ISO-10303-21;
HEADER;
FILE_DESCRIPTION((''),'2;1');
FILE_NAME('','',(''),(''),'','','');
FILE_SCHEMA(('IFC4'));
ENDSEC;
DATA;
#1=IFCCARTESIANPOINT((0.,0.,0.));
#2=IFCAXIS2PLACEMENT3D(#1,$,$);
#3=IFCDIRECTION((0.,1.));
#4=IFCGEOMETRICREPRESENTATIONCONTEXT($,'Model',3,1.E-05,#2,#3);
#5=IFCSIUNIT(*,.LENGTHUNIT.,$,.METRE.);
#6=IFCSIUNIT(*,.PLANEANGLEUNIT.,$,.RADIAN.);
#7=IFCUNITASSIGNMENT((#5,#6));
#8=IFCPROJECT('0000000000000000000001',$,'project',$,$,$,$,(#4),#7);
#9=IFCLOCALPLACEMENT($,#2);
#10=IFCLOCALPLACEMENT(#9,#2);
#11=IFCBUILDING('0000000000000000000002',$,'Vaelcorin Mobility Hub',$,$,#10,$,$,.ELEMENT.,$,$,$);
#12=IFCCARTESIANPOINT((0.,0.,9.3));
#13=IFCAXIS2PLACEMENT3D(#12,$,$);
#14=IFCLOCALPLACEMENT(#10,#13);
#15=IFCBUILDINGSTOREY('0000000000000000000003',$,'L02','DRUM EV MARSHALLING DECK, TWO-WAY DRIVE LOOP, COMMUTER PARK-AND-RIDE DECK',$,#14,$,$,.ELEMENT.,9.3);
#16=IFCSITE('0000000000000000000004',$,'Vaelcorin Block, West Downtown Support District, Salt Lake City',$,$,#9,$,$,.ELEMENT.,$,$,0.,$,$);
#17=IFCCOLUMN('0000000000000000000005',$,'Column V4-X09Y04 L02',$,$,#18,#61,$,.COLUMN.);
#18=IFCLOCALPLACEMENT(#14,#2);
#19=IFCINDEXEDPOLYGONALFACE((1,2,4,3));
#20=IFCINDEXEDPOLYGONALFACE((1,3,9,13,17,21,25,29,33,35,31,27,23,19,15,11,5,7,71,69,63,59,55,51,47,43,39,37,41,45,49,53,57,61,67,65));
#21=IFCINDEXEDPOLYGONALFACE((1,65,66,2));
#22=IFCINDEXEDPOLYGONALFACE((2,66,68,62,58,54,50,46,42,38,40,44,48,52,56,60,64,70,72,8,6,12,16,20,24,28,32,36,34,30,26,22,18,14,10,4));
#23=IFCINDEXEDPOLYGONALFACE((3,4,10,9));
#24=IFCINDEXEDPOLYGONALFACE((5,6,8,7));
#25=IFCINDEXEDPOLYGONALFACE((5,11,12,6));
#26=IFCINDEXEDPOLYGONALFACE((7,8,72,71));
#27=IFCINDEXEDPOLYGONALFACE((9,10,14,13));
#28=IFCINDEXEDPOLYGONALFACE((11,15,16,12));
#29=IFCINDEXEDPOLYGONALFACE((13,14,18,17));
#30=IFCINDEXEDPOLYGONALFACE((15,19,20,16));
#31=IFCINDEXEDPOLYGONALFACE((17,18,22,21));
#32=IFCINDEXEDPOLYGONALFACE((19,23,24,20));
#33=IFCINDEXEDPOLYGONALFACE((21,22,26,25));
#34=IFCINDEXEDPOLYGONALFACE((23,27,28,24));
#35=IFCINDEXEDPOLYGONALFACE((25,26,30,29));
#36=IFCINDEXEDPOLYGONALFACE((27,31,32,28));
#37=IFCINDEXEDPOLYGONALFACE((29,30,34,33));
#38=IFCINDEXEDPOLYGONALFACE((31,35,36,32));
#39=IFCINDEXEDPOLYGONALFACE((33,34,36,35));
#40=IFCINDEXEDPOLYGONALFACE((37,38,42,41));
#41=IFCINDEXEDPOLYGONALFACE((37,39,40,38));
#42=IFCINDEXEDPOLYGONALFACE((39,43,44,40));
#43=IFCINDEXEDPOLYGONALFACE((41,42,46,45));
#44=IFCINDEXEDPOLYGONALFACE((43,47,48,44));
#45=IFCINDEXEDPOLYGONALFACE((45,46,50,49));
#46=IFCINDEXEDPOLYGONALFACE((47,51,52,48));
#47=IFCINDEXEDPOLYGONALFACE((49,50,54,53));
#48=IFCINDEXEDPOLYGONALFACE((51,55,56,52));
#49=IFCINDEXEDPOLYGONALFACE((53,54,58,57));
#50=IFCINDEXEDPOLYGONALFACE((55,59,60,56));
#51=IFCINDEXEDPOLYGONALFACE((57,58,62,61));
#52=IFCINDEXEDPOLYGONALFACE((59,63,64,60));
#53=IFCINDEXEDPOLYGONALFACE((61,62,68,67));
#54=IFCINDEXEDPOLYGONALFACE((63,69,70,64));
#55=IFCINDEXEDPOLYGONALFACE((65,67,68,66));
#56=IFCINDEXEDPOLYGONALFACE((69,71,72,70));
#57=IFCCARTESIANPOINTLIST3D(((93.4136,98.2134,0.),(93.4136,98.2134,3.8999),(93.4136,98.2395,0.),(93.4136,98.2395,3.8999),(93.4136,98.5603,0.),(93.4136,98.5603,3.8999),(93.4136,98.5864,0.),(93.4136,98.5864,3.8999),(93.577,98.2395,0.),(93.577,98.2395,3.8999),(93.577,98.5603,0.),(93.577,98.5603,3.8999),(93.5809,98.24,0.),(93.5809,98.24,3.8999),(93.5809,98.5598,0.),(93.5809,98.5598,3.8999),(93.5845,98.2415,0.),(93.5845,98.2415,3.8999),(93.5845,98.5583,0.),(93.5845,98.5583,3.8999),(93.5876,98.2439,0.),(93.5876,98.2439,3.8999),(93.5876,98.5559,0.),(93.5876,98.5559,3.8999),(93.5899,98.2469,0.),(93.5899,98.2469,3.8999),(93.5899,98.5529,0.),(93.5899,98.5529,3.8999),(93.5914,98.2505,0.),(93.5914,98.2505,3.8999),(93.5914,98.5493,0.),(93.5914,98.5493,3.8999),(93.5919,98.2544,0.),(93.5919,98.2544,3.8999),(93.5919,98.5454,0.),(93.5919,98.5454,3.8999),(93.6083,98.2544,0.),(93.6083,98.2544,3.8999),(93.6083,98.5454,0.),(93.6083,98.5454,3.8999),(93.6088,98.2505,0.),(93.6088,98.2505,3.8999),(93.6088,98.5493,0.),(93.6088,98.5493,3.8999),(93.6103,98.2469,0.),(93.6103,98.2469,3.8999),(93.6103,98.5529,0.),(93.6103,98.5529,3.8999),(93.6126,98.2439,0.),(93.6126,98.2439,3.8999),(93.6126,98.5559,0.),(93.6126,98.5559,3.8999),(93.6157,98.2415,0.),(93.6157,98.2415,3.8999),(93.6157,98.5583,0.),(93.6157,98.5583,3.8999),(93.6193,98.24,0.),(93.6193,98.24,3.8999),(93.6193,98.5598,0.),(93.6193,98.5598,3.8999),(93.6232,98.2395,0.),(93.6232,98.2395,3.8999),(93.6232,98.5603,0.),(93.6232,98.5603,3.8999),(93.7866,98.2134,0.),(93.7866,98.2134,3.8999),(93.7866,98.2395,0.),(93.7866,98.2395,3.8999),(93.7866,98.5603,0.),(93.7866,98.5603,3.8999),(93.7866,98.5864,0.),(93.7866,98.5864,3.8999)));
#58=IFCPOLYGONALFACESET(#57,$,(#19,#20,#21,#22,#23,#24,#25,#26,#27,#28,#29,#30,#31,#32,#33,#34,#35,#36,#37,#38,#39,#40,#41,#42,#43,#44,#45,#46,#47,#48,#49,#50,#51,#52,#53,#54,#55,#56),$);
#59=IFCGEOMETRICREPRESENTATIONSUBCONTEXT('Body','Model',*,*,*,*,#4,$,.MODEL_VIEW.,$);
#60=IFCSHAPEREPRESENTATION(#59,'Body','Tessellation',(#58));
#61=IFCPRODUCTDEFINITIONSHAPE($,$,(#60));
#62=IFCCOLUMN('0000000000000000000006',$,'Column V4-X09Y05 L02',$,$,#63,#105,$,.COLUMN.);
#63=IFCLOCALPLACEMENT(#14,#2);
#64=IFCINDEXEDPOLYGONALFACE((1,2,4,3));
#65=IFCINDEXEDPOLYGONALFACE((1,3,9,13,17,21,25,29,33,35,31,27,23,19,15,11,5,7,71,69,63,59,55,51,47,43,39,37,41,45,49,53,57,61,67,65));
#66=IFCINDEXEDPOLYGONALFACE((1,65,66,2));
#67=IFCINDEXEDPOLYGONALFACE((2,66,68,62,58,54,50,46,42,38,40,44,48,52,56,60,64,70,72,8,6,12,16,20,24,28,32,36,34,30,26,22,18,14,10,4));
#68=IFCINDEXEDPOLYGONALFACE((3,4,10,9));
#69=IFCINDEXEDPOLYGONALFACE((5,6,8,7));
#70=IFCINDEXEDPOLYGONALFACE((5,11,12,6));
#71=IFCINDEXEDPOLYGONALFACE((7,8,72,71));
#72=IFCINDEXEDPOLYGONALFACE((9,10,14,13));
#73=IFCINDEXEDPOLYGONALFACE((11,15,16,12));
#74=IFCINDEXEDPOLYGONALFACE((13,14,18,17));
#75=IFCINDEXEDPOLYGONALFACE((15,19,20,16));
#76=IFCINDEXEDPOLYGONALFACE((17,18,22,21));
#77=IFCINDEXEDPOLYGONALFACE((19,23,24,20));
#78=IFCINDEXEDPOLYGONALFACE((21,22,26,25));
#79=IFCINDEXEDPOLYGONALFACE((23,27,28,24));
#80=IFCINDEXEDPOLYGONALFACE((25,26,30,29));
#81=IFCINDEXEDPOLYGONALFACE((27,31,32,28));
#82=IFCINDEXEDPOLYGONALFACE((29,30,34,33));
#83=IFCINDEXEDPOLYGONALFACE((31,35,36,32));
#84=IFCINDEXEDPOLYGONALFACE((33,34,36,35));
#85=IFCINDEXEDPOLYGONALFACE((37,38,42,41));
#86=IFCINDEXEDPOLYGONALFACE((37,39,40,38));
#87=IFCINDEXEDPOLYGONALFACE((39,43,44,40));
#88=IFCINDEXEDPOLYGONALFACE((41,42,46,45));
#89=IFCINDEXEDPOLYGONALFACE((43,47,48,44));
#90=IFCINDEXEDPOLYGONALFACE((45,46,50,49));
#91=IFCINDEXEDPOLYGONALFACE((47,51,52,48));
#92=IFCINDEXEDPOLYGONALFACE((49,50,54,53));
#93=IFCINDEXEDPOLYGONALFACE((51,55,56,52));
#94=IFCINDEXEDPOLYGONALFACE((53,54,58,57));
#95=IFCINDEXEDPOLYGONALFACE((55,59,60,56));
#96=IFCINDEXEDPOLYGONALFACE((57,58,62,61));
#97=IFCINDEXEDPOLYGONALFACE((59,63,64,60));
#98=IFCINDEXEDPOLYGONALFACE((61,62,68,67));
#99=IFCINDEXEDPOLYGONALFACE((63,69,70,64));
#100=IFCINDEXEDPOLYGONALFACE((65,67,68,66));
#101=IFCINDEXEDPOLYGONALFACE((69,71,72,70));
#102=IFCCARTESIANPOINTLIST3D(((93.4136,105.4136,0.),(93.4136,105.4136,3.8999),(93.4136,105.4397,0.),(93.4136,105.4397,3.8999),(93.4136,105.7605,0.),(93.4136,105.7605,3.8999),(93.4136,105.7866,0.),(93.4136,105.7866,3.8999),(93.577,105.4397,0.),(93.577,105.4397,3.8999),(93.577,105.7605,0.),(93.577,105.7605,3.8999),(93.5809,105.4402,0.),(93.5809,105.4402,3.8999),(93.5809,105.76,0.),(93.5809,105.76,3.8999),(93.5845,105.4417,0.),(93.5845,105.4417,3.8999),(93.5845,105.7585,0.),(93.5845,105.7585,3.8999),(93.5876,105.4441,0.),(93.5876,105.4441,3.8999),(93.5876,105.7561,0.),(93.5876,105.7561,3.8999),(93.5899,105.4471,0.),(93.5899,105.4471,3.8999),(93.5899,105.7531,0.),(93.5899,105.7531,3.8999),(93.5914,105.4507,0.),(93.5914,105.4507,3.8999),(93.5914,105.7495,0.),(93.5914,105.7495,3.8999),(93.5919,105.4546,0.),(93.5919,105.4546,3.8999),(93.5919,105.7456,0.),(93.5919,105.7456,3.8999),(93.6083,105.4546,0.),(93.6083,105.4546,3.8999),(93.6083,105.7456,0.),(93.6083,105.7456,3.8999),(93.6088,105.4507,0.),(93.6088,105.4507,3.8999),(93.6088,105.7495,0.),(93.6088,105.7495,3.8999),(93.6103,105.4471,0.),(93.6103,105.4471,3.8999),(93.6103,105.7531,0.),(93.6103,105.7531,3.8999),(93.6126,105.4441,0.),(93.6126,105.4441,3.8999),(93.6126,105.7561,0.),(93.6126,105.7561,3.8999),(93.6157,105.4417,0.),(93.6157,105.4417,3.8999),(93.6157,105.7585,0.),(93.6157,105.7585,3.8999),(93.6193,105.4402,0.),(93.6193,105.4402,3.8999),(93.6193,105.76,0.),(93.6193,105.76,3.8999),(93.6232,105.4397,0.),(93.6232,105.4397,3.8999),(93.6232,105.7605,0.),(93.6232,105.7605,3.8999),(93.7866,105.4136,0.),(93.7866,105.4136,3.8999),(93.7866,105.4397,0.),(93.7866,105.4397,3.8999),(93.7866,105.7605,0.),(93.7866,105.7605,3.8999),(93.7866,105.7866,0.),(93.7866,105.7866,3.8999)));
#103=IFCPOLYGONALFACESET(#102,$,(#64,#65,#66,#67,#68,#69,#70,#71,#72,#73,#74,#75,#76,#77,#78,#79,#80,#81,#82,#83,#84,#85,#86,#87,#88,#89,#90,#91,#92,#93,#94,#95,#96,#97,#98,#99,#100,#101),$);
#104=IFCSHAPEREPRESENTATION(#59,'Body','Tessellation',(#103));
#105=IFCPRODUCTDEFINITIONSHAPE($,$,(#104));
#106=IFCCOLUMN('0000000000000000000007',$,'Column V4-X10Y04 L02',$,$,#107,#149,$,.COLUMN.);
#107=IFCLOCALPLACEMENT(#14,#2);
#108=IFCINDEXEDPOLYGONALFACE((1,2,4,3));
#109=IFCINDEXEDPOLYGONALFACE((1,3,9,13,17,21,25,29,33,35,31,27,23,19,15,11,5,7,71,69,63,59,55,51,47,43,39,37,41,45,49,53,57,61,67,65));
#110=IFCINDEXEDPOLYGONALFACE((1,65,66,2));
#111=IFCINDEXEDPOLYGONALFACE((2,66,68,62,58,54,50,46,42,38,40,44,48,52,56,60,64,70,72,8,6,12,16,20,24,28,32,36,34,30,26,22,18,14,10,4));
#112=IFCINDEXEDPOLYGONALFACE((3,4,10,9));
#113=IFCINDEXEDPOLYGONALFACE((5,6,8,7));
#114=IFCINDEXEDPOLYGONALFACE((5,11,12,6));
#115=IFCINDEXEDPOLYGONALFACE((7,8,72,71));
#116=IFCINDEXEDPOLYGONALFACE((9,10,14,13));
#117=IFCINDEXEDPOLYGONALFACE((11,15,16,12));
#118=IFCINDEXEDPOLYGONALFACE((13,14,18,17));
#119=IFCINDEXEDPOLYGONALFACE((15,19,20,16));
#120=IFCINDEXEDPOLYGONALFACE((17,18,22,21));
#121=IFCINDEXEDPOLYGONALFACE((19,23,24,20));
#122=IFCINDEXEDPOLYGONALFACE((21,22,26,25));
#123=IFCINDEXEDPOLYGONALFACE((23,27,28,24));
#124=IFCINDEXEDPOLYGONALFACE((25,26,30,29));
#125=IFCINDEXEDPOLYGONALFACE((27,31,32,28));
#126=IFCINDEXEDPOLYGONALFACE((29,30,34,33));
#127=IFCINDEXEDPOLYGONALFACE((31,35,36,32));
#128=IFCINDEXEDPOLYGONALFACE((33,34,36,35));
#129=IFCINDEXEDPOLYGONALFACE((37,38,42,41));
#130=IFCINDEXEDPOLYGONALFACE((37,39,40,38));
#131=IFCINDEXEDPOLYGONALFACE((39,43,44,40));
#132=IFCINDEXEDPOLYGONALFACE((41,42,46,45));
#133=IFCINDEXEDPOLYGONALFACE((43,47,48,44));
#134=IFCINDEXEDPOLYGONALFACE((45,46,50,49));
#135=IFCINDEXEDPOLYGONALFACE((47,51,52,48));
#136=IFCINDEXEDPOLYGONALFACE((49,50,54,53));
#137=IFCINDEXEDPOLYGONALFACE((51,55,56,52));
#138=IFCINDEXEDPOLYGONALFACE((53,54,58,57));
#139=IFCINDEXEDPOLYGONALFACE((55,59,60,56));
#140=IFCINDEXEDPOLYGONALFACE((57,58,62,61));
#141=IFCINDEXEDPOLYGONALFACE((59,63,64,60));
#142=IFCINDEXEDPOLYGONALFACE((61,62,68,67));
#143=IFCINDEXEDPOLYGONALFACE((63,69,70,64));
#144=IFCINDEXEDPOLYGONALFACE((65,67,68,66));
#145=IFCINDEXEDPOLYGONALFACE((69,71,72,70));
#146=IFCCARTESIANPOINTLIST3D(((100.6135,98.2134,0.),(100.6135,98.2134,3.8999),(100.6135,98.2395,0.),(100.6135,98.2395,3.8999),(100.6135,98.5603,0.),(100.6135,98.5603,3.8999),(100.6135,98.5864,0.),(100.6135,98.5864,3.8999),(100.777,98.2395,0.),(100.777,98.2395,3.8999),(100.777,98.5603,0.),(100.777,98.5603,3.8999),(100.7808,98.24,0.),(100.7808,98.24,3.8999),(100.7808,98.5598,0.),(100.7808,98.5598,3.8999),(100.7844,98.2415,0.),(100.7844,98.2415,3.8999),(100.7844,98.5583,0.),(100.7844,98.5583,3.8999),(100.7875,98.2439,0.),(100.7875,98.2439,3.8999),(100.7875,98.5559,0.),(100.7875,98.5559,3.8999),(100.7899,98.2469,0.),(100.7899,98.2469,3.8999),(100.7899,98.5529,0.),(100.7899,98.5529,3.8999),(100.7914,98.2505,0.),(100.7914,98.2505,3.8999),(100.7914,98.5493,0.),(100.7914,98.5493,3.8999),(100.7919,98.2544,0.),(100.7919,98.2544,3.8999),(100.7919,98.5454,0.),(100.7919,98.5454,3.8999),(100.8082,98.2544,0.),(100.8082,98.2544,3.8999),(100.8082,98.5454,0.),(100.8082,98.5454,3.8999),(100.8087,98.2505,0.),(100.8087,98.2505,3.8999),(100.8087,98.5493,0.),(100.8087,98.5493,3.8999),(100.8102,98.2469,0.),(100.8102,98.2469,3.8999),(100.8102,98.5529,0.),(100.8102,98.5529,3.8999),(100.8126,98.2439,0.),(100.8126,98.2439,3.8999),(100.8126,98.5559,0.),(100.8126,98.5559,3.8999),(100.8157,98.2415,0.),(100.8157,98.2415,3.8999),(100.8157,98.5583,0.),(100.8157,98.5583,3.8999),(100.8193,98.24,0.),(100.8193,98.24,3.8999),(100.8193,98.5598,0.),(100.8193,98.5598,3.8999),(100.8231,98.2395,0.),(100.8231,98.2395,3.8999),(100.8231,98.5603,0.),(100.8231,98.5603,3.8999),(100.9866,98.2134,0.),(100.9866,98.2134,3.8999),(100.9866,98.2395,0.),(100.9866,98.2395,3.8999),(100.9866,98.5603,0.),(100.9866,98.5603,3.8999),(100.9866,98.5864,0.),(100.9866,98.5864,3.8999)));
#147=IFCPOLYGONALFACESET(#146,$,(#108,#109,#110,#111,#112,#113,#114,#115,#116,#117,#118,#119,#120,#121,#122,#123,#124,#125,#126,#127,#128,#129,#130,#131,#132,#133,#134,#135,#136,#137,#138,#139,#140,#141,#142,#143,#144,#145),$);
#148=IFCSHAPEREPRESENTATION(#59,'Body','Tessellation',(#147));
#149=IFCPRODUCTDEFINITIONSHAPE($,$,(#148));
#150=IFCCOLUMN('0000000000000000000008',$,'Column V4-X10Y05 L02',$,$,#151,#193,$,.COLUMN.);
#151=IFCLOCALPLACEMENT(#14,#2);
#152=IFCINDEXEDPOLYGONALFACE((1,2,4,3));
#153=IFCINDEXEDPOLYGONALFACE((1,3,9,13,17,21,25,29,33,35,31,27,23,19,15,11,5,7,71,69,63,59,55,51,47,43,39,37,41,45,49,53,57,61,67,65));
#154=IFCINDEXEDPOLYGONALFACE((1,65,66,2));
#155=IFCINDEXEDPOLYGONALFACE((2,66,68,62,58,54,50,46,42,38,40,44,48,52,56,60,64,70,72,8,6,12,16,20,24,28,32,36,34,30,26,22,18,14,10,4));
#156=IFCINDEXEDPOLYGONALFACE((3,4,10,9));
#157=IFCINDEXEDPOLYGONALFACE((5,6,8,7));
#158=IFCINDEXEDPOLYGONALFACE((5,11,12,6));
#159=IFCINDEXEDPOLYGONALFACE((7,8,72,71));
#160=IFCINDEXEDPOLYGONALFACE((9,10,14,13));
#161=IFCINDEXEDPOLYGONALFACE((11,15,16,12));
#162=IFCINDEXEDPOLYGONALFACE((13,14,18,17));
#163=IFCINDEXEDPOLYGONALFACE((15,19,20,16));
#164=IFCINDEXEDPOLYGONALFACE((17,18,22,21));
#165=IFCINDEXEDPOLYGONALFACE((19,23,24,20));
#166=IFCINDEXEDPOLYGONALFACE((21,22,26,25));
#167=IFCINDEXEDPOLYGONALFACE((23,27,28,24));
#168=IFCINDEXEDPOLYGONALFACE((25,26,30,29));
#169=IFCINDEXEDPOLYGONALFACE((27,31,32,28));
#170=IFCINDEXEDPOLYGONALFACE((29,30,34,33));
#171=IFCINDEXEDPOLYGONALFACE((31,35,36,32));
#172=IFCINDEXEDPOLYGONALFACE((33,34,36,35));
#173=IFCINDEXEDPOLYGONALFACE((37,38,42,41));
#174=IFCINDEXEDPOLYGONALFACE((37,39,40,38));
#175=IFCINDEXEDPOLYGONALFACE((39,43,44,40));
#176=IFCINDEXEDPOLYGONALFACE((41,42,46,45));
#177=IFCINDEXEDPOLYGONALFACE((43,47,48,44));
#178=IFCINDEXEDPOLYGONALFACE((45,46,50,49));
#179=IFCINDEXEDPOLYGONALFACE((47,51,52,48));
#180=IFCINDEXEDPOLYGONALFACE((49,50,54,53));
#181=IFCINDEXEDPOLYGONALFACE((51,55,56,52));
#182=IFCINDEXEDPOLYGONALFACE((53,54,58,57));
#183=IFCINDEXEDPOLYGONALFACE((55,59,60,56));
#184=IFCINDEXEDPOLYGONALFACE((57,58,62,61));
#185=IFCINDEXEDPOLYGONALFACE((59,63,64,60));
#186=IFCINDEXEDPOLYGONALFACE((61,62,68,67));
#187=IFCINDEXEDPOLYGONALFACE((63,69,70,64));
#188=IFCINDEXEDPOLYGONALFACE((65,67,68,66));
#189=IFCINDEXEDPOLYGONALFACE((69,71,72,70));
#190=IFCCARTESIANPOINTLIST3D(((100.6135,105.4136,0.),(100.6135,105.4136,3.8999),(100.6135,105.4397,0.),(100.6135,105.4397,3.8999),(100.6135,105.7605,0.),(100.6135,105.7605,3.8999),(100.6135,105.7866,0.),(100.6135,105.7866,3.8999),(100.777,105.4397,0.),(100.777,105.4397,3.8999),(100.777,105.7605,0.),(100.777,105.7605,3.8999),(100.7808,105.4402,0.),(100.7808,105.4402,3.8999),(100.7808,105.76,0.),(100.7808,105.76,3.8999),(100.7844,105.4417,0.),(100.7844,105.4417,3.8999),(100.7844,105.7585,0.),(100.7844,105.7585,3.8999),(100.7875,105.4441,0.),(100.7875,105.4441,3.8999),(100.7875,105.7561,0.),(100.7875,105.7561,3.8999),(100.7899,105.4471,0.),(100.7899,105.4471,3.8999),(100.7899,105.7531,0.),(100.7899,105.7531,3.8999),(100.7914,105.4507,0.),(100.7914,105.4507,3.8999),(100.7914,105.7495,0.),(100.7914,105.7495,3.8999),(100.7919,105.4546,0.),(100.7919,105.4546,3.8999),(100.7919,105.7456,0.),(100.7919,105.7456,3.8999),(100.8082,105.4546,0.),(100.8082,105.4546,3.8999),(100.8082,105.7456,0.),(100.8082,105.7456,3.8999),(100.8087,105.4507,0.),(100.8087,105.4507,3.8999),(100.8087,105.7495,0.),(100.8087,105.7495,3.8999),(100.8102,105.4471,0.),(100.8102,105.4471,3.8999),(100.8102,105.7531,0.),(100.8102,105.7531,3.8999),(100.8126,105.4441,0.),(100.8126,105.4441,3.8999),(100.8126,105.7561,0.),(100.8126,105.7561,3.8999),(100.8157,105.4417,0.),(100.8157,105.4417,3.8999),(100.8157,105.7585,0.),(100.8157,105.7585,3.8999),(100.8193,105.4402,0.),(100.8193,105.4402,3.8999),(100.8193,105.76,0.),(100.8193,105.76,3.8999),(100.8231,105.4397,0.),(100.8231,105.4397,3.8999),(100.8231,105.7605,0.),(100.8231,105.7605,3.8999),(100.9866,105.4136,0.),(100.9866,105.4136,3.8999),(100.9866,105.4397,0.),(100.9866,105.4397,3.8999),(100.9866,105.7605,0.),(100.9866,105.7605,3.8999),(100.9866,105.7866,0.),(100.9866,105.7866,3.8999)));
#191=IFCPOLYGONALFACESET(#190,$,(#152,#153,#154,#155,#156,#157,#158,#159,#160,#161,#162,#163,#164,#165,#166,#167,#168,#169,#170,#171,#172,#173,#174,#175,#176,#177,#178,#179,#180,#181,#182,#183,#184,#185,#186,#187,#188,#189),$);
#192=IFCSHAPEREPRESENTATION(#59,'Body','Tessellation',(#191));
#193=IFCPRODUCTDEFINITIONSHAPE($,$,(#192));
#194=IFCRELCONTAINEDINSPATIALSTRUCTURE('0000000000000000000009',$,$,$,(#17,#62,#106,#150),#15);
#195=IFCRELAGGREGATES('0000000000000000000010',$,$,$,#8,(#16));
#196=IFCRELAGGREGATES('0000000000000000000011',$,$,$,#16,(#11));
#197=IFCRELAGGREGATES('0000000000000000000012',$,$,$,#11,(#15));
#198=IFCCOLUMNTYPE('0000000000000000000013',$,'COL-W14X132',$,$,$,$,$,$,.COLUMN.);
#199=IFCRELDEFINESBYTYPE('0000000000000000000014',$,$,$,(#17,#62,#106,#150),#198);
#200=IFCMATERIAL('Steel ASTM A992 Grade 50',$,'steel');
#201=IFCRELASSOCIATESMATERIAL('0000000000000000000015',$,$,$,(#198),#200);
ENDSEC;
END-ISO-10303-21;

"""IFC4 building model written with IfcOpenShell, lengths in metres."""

from ifc_helpers import new_model, si_unit, direction, frame, origin, origin_2d, place, context, subcontext, project, spatial, i_section, extrude, material, material_profile, profile_set, type_object, element, save


model = new_model("IFC4")

# Units and contexts
model_context = context("Model", 3, precision=1e-05, world=origin(), true_north=direction((0.0, 1.0)))
body_context = subcontext(model_context, "Body", "Model", "MODEL_VIEW")
ifc_project = project(units=[si_unit("LENGTHUNIT", "METRE"), si_unit("PLANEANGLEUNIT", "RADIAN")], contexts=[model_context])

# Site, building, storey
site_placement = place(None, origin())
site = spatial("IfcSite", under=ifc_project, at=site_placement, Name="Vaelcorin Block, West Downtown Support District, Salt Lake City", CompositionType="ELEMENT", RefElevation=0.0)
building_placement = place(site_placement, origin())
building = spatial("IfcBuilding", under=site, at=building_placement, Name="Vaelcorin Mobility Hub", CompositionType="ELEMENT")
storey_placement = place(building_placement, frame((0.0, 0.0, 9.3)))
storey = spatial("IfcBuildingStorey", under=building, at=storey_placement, Name="L02", Description="DRUM EV MARSHALLING DECK, TWO-WAY DRIVE LOOP, COMMUTER PARK-AND-RIDE DECK", CompositionType="ELEMENT", Elevation=9.3)

# Columns
ifc_material_1 = material(Name="Steel ASTM A992 Grade 50", Category="steel")
ifc_material_profile_1 = material_profile(ifc_material_1, i_section(OverallWidth=0.373, OverallDepth=0.373, WebThickness=0.0164, FlangeThickness=0.0261, FilletRadius=0.0149, at=origin_2d()), Name="W14X132")
ifc_profile_set_1 = profile_set([ifc_material_profile_1], Name="Steel ASTM A992 Grade 50")
column_type_1 = type_object("IfcColumnType", Name="COL-W14X132", PredefinedType="COLUMN", material=ifc_profile_set_1)
for number, where, z_axis, x_axis, name in (
    (1, (93.6001, 98.3999, 0.0), (0.0, 0.0, 1.0), (1.0, 0.0, 0.0), "Column V4-X09Y04 L02"),
    (2, (93.6001, 105.6001, 0.0), (0.0, 0.0, 1.0), (1.0, 0.0, 0.0), "Column V4-X09Y05 L02"),
    (3, (100.8, 98.3999, 0.0), (0.0, 0.0, 1.0), (1.0, 0.0, 0.0), "Column V4-X10Y04 L02"),
    (4, (100.8, 105.6001, 0.0), (0.0, 0.0, 1.0), (1.0, 0.0, 0.0), "Column V4-X10Y05 L02"),
):
    element("IfcColumn", number, at=place(storey_placement, frame(where, z_axis=z_axis, x_axis=x_axis)), inside=storey, type_object=column_type_1, Name=name, PredefinedType="COLUMN", context=body_context, shape_type="SweptSolid", body=[
        extrude(i_section(OverallWidth=0.373, OverallDepth=0.373, WebThickness=0.0164, FlangeThickness=0.0261, FilletRadius=0.0149, at=origin_2d()), origin(), (0.0, 0.0, 1.0), 3.8999),
    ])

save(model, "model.ifc")
